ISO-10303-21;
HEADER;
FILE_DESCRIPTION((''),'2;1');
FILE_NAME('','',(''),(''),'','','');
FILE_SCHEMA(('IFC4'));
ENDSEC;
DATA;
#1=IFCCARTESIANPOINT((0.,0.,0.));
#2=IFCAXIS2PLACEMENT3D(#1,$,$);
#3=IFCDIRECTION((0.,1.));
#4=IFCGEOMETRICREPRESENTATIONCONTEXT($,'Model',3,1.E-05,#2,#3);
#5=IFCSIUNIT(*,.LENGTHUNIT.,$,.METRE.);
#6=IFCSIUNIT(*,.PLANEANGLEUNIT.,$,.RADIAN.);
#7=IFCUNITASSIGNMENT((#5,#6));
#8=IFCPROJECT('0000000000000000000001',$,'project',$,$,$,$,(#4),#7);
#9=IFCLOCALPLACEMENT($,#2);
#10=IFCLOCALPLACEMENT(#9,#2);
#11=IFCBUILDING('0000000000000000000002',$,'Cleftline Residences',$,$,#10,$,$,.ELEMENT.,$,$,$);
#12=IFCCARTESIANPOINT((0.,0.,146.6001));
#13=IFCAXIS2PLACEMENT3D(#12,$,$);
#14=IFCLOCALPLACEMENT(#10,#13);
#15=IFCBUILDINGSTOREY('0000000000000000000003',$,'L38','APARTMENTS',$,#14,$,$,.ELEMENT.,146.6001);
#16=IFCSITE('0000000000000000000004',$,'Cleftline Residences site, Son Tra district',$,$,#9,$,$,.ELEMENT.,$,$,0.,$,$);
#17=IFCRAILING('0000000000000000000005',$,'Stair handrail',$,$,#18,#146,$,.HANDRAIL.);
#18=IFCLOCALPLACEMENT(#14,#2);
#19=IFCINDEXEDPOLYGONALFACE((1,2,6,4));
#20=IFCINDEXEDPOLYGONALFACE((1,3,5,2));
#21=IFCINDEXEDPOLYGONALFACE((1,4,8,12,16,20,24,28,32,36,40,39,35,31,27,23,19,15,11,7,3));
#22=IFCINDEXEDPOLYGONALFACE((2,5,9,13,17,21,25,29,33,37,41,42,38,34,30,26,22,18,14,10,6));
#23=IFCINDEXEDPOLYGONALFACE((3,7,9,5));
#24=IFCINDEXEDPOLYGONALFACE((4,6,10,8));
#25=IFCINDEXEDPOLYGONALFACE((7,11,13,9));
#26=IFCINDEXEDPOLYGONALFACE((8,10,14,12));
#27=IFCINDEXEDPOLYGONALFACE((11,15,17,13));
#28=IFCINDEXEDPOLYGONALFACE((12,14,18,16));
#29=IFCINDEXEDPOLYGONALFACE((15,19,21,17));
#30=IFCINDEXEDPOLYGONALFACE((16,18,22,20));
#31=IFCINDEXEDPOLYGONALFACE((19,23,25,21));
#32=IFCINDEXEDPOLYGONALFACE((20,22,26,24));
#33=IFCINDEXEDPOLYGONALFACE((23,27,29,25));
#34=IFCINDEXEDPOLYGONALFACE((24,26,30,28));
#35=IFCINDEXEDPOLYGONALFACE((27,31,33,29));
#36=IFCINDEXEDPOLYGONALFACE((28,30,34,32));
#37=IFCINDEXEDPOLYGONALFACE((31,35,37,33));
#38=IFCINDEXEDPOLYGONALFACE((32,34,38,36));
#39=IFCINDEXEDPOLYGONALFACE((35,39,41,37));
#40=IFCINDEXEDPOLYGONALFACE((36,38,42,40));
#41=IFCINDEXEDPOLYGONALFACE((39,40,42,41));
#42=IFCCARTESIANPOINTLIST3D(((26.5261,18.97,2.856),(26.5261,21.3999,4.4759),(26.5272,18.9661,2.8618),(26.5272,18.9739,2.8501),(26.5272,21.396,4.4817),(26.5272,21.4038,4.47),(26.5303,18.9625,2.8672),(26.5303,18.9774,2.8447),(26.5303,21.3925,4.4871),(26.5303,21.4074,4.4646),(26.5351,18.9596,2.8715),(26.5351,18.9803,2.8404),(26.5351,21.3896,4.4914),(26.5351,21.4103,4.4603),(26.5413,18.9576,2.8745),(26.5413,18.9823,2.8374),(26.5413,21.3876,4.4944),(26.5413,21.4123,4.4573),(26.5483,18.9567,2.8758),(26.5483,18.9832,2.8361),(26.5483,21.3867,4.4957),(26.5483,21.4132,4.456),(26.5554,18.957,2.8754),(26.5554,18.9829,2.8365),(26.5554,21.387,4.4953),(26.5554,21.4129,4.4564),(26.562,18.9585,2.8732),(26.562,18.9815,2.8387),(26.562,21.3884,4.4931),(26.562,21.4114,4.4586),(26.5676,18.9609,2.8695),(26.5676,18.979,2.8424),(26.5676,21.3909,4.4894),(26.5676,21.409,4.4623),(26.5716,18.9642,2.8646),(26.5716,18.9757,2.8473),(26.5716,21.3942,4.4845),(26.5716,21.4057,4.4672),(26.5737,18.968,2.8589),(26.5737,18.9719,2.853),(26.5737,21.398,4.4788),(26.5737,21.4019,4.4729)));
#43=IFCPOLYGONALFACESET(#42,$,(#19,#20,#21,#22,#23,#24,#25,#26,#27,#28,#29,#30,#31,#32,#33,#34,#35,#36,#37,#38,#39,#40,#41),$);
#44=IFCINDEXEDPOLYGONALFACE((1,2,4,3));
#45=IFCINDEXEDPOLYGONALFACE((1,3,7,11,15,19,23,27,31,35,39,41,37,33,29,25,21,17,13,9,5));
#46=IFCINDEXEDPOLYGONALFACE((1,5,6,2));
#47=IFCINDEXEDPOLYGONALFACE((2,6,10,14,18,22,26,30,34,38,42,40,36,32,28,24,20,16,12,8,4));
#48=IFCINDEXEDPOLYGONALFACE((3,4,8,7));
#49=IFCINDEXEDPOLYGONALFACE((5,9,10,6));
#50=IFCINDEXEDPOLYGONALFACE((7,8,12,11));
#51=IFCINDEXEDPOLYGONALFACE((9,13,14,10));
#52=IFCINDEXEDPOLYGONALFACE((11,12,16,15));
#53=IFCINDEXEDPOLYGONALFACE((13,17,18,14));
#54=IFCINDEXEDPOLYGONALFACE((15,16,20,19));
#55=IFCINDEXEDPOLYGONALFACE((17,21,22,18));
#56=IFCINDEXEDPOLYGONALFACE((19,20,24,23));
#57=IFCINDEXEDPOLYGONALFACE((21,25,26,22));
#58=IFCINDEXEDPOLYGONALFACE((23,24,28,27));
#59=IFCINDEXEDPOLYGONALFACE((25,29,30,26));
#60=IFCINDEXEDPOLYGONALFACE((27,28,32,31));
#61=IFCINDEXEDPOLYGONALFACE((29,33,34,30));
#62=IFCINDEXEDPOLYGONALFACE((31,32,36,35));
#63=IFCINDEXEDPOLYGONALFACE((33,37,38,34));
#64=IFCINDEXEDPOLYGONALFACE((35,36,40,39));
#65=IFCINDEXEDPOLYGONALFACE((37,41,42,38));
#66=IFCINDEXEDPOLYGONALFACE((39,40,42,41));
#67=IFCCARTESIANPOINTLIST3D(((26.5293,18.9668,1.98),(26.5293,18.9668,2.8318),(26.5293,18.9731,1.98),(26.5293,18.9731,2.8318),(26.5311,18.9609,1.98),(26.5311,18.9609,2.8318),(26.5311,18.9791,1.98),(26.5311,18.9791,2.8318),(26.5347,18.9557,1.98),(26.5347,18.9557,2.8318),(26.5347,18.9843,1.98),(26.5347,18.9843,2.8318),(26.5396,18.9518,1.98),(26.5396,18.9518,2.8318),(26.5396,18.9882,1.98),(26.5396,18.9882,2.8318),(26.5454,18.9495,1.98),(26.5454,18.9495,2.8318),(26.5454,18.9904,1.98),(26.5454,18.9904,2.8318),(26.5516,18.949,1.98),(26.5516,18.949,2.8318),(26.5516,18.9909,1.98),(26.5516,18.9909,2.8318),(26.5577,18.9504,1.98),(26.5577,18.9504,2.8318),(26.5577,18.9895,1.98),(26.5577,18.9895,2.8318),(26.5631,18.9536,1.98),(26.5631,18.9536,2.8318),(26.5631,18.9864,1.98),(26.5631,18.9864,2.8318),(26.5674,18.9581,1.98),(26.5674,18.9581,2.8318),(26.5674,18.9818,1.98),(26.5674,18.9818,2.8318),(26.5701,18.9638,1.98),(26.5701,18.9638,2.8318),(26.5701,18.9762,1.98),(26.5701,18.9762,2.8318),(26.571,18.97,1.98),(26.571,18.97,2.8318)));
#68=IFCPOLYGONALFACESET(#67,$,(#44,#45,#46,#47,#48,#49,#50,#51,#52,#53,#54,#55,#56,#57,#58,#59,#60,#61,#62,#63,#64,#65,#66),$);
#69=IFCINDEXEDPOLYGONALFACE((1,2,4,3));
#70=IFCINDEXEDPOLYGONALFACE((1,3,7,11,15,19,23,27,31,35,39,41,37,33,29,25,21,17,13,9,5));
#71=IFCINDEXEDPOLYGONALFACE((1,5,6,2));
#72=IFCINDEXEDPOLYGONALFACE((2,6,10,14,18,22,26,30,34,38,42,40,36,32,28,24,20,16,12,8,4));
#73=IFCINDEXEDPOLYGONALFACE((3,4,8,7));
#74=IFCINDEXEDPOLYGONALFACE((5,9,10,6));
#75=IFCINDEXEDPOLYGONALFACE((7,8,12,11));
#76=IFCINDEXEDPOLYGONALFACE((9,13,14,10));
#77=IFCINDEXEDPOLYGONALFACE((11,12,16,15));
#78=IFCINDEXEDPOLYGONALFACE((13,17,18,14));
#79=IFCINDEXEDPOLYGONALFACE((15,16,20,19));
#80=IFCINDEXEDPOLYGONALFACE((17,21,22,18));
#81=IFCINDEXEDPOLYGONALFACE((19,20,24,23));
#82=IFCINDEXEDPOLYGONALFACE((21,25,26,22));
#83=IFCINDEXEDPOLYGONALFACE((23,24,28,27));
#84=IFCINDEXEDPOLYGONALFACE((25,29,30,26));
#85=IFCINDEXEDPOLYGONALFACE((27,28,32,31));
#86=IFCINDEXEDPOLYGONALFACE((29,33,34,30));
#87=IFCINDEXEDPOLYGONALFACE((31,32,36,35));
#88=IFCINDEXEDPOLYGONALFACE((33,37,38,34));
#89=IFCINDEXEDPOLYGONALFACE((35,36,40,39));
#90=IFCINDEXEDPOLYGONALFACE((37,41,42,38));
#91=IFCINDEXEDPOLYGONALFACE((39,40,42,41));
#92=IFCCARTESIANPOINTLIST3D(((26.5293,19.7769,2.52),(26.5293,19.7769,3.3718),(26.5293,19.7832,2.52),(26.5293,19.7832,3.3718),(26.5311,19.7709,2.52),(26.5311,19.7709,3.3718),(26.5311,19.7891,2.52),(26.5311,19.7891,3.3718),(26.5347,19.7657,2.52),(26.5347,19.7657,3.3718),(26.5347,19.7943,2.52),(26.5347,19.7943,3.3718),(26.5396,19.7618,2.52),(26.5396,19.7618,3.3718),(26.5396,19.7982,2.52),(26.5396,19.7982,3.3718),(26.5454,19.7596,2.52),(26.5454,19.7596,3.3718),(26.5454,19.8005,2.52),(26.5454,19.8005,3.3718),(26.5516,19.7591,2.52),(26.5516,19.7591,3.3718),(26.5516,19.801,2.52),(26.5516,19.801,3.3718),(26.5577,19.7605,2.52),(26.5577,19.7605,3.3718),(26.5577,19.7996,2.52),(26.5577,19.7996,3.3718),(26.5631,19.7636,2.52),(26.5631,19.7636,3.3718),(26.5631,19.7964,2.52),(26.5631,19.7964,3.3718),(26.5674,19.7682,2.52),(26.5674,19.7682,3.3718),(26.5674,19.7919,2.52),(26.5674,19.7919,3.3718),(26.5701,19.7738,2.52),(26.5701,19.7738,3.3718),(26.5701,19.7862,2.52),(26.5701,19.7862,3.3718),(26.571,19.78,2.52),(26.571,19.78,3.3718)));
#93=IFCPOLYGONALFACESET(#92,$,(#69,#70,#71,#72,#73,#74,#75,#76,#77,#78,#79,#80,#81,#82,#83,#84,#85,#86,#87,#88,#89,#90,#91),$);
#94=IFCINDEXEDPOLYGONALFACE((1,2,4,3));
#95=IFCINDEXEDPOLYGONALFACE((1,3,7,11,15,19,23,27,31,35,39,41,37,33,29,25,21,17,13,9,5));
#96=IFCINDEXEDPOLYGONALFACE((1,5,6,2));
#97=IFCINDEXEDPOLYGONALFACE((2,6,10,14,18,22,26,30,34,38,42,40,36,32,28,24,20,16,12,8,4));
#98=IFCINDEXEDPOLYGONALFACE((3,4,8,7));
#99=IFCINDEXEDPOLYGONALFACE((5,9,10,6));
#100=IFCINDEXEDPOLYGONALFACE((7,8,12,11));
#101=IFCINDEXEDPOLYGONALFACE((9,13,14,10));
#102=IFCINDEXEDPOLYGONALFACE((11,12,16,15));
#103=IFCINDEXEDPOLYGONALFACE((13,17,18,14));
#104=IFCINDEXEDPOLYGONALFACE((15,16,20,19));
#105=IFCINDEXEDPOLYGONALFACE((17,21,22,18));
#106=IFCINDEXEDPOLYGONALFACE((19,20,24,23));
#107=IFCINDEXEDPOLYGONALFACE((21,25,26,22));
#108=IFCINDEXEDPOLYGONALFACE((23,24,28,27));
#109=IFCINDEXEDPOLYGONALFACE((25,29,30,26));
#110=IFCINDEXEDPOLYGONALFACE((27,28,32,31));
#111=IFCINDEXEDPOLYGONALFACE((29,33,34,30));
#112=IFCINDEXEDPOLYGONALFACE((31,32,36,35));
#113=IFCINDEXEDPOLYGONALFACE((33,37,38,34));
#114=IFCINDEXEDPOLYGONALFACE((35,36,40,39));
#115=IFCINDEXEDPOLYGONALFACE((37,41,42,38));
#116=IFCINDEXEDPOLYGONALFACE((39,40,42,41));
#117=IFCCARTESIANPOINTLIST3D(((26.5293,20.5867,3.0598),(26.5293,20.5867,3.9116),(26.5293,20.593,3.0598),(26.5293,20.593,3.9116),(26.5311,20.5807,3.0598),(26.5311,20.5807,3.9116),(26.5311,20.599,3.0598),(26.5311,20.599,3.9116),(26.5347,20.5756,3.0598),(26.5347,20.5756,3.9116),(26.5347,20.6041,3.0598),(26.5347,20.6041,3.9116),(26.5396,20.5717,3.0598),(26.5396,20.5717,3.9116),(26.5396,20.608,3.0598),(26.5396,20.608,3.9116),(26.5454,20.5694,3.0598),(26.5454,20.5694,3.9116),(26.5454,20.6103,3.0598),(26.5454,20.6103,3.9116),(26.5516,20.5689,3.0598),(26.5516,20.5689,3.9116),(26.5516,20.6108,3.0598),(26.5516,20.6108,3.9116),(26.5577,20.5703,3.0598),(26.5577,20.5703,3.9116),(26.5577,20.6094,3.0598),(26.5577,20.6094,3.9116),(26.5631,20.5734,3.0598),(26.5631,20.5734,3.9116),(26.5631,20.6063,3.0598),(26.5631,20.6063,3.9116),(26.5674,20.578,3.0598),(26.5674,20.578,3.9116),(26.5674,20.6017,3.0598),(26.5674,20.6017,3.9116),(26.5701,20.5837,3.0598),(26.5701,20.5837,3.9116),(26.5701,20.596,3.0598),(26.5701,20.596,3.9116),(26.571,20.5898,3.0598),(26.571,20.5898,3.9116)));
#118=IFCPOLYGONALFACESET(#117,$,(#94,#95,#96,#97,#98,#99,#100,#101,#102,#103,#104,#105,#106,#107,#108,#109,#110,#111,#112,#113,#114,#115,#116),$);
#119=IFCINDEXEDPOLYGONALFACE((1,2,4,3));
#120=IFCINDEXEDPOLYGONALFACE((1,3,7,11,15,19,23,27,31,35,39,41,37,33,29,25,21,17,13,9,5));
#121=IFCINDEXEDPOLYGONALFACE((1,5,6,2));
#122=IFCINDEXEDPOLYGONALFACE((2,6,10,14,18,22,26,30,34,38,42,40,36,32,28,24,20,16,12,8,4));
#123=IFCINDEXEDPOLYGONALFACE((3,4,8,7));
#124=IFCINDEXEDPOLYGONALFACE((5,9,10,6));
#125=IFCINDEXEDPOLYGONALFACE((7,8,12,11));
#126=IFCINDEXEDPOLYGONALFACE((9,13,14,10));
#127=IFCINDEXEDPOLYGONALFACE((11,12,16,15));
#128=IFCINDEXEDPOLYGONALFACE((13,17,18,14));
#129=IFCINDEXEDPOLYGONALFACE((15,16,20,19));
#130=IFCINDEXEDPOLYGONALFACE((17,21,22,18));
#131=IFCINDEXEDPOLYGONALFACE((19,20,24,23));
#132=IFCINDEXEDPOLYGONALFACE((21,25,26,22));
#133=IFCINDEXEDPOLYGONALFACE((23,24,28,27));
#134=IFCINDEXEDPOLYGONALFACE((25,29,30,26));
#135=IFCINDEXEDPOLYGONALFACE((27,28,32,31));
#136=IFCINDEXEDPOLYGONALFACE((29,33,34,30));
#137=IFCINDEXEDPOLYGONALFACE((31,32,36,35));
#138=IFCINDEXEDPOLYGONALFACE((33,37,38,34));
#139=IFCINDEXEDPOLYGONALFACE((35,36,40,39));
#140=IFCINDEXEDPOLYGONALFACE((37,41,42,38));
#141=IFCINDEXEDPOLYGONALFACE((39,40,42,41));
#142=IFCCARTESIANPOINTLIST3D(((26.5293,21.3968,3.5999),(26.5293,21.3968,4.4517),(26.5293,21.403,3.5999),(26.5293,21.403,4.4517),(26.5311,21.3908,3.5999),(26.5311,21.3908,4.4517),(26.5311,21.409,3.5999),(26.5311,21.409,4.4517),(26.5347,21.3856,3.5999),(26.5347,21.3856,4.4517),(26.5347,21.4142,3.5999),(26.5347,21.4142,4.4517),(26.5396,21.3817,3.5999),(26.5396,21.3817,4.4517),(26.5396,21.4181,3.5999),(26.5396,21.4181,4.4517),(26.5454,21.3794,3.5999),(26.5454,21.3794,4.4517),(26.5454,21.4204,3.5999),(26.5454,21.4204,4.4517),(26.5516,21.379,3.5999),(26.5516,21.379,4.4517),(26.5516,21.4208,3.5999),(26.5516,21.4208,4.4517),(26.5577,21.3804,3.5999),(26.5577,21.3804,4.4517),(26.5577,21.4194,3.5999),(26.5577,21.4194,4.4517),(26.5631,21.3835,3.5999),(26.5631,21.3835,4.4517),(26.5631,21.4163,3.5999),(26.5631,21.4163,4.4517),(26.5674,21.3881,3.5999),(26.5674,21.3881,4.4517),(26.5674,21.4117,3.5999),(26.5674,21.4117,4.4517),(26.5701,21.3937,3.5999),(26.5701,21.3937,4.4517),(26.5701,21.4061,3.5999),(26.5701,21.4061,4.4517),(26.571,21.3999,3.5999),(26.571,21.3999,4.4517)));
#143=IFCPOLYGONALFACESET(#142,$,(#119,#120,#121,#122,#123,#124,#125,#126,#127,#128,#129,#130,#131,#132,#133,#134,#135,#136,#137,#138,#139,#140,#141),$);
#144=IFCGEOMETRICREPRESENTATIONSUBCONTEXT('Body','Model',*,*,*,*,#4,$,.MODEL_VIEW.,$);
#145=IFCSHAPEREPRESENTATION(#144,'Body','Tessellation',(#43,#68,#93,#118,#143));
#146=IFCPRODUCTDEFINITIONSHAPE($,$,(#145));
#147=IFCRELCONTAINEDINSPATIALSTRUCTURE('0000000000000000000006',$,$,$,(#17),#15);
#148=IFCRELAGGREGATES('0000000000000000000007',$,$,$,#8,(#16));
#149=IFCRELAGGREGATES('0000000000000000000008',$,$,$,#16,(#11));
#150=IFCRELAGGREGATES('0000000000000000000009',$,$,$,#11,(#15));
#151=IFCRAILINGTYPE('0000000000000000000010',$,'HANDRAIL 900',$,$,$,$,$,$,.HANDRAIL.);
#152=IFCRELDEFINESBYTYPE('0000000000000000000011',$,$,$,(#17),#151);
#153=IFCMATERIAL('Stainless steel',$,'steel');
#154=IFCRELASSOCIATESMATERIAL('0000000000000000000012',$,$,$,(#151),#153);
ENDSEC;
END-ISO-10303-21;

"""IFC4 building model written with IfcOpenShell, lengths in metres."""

from ifc_helpers import new_model, si_unit, direction, frame, origin, origin_2d, place, context, subcontext, project, spatial, circle, extrude, material, type_object, element, save


model = new_model("IFC4")

# Units and contexts
model_context = context("Model", 3, precision=1e-05, world=origin(), true_north=direction((0.0, 1.0)))
body_context = subcontext(model_context, "Body", "Model", "MODEL_VIEW")
ifc_project = project(units=[si_unit("LENGTHUNIT", "METRE"), si_unit("PLANEANGLEUNIT", "RADIAN")], contexts=[model_context])

# Site, building, storey
site_placement = place(None, origin())
site = spatial("IfcSite", under=ifc_project, at=site_placement, Name="Cleftline Residences site, Son Tra district", CompositionType="ELEMENT", RefElevation=0.0)
building_placement = place(site_placement, origin())
building = spatial("IfcBuilding", under=site, at=building_placement, Name="Cleftline Residences", CompositionType="ELEMENT")
storey_placement = place(building_placement, frame((0.0, 0.0, 146.6001)))
storey = spatial("IfcBuildingStorey", under=building, at=storey_placement, Name="L38", Description="APARTMENTS", CompositionType="ELEMENT", Elevation=146.6001)

# Railing
ifc_material_1 = material(Name="Stainless steel", Category="steel")
railing_type = type_object("IfcRailingType", Name="HANDRAIL 900", PredefinedType="HANDRAIL", material=ifc_material_1)
railing_1_placement = place(storey_placement, frame((26.55, 18.97, 1.98)))
element("IfcRailing", 1, at=railing_1_placement, inside=storey, type_object=railing_type, Name="Stair handrail", PredefinedType="HANDRAIL", context=body_context, shape_type="SweptSolid", body=[
    extrude(circle(Radius=0.0239, at=origin_2d()), frame((0.0, 0.0, 0.876), z_axis=(0.0, 0.832063, 0.554681), x_axis=(-1.0, 0.0, 0.0)), (0.0, 0.0, 1.0), 2.9204),
    extrude(circle(Radius=0.021, at=origin_2d()), origin(), (0.0, 0.0, 1.0), 0.8518),
    extrude(circle(Radius=0.021, at=origin_2d()), frame((0.0, 0.8101, 0.54)), (0.0, 0.0, 1.0), 0.8518),
    extrude(circle(Radius=0.021, at=origin_2d()), frame((0.0, 1.6199, 1.0798)), (0.0, 0.0, 1.0), 0.8518),
    extrude(circle(Radius=0.021, at=origin_2d()), frame((0.0, 2.4299, 1.6199)), (0.0, 0.0, 1.0), 0.8518),
])

save(model, "model.ifc")
